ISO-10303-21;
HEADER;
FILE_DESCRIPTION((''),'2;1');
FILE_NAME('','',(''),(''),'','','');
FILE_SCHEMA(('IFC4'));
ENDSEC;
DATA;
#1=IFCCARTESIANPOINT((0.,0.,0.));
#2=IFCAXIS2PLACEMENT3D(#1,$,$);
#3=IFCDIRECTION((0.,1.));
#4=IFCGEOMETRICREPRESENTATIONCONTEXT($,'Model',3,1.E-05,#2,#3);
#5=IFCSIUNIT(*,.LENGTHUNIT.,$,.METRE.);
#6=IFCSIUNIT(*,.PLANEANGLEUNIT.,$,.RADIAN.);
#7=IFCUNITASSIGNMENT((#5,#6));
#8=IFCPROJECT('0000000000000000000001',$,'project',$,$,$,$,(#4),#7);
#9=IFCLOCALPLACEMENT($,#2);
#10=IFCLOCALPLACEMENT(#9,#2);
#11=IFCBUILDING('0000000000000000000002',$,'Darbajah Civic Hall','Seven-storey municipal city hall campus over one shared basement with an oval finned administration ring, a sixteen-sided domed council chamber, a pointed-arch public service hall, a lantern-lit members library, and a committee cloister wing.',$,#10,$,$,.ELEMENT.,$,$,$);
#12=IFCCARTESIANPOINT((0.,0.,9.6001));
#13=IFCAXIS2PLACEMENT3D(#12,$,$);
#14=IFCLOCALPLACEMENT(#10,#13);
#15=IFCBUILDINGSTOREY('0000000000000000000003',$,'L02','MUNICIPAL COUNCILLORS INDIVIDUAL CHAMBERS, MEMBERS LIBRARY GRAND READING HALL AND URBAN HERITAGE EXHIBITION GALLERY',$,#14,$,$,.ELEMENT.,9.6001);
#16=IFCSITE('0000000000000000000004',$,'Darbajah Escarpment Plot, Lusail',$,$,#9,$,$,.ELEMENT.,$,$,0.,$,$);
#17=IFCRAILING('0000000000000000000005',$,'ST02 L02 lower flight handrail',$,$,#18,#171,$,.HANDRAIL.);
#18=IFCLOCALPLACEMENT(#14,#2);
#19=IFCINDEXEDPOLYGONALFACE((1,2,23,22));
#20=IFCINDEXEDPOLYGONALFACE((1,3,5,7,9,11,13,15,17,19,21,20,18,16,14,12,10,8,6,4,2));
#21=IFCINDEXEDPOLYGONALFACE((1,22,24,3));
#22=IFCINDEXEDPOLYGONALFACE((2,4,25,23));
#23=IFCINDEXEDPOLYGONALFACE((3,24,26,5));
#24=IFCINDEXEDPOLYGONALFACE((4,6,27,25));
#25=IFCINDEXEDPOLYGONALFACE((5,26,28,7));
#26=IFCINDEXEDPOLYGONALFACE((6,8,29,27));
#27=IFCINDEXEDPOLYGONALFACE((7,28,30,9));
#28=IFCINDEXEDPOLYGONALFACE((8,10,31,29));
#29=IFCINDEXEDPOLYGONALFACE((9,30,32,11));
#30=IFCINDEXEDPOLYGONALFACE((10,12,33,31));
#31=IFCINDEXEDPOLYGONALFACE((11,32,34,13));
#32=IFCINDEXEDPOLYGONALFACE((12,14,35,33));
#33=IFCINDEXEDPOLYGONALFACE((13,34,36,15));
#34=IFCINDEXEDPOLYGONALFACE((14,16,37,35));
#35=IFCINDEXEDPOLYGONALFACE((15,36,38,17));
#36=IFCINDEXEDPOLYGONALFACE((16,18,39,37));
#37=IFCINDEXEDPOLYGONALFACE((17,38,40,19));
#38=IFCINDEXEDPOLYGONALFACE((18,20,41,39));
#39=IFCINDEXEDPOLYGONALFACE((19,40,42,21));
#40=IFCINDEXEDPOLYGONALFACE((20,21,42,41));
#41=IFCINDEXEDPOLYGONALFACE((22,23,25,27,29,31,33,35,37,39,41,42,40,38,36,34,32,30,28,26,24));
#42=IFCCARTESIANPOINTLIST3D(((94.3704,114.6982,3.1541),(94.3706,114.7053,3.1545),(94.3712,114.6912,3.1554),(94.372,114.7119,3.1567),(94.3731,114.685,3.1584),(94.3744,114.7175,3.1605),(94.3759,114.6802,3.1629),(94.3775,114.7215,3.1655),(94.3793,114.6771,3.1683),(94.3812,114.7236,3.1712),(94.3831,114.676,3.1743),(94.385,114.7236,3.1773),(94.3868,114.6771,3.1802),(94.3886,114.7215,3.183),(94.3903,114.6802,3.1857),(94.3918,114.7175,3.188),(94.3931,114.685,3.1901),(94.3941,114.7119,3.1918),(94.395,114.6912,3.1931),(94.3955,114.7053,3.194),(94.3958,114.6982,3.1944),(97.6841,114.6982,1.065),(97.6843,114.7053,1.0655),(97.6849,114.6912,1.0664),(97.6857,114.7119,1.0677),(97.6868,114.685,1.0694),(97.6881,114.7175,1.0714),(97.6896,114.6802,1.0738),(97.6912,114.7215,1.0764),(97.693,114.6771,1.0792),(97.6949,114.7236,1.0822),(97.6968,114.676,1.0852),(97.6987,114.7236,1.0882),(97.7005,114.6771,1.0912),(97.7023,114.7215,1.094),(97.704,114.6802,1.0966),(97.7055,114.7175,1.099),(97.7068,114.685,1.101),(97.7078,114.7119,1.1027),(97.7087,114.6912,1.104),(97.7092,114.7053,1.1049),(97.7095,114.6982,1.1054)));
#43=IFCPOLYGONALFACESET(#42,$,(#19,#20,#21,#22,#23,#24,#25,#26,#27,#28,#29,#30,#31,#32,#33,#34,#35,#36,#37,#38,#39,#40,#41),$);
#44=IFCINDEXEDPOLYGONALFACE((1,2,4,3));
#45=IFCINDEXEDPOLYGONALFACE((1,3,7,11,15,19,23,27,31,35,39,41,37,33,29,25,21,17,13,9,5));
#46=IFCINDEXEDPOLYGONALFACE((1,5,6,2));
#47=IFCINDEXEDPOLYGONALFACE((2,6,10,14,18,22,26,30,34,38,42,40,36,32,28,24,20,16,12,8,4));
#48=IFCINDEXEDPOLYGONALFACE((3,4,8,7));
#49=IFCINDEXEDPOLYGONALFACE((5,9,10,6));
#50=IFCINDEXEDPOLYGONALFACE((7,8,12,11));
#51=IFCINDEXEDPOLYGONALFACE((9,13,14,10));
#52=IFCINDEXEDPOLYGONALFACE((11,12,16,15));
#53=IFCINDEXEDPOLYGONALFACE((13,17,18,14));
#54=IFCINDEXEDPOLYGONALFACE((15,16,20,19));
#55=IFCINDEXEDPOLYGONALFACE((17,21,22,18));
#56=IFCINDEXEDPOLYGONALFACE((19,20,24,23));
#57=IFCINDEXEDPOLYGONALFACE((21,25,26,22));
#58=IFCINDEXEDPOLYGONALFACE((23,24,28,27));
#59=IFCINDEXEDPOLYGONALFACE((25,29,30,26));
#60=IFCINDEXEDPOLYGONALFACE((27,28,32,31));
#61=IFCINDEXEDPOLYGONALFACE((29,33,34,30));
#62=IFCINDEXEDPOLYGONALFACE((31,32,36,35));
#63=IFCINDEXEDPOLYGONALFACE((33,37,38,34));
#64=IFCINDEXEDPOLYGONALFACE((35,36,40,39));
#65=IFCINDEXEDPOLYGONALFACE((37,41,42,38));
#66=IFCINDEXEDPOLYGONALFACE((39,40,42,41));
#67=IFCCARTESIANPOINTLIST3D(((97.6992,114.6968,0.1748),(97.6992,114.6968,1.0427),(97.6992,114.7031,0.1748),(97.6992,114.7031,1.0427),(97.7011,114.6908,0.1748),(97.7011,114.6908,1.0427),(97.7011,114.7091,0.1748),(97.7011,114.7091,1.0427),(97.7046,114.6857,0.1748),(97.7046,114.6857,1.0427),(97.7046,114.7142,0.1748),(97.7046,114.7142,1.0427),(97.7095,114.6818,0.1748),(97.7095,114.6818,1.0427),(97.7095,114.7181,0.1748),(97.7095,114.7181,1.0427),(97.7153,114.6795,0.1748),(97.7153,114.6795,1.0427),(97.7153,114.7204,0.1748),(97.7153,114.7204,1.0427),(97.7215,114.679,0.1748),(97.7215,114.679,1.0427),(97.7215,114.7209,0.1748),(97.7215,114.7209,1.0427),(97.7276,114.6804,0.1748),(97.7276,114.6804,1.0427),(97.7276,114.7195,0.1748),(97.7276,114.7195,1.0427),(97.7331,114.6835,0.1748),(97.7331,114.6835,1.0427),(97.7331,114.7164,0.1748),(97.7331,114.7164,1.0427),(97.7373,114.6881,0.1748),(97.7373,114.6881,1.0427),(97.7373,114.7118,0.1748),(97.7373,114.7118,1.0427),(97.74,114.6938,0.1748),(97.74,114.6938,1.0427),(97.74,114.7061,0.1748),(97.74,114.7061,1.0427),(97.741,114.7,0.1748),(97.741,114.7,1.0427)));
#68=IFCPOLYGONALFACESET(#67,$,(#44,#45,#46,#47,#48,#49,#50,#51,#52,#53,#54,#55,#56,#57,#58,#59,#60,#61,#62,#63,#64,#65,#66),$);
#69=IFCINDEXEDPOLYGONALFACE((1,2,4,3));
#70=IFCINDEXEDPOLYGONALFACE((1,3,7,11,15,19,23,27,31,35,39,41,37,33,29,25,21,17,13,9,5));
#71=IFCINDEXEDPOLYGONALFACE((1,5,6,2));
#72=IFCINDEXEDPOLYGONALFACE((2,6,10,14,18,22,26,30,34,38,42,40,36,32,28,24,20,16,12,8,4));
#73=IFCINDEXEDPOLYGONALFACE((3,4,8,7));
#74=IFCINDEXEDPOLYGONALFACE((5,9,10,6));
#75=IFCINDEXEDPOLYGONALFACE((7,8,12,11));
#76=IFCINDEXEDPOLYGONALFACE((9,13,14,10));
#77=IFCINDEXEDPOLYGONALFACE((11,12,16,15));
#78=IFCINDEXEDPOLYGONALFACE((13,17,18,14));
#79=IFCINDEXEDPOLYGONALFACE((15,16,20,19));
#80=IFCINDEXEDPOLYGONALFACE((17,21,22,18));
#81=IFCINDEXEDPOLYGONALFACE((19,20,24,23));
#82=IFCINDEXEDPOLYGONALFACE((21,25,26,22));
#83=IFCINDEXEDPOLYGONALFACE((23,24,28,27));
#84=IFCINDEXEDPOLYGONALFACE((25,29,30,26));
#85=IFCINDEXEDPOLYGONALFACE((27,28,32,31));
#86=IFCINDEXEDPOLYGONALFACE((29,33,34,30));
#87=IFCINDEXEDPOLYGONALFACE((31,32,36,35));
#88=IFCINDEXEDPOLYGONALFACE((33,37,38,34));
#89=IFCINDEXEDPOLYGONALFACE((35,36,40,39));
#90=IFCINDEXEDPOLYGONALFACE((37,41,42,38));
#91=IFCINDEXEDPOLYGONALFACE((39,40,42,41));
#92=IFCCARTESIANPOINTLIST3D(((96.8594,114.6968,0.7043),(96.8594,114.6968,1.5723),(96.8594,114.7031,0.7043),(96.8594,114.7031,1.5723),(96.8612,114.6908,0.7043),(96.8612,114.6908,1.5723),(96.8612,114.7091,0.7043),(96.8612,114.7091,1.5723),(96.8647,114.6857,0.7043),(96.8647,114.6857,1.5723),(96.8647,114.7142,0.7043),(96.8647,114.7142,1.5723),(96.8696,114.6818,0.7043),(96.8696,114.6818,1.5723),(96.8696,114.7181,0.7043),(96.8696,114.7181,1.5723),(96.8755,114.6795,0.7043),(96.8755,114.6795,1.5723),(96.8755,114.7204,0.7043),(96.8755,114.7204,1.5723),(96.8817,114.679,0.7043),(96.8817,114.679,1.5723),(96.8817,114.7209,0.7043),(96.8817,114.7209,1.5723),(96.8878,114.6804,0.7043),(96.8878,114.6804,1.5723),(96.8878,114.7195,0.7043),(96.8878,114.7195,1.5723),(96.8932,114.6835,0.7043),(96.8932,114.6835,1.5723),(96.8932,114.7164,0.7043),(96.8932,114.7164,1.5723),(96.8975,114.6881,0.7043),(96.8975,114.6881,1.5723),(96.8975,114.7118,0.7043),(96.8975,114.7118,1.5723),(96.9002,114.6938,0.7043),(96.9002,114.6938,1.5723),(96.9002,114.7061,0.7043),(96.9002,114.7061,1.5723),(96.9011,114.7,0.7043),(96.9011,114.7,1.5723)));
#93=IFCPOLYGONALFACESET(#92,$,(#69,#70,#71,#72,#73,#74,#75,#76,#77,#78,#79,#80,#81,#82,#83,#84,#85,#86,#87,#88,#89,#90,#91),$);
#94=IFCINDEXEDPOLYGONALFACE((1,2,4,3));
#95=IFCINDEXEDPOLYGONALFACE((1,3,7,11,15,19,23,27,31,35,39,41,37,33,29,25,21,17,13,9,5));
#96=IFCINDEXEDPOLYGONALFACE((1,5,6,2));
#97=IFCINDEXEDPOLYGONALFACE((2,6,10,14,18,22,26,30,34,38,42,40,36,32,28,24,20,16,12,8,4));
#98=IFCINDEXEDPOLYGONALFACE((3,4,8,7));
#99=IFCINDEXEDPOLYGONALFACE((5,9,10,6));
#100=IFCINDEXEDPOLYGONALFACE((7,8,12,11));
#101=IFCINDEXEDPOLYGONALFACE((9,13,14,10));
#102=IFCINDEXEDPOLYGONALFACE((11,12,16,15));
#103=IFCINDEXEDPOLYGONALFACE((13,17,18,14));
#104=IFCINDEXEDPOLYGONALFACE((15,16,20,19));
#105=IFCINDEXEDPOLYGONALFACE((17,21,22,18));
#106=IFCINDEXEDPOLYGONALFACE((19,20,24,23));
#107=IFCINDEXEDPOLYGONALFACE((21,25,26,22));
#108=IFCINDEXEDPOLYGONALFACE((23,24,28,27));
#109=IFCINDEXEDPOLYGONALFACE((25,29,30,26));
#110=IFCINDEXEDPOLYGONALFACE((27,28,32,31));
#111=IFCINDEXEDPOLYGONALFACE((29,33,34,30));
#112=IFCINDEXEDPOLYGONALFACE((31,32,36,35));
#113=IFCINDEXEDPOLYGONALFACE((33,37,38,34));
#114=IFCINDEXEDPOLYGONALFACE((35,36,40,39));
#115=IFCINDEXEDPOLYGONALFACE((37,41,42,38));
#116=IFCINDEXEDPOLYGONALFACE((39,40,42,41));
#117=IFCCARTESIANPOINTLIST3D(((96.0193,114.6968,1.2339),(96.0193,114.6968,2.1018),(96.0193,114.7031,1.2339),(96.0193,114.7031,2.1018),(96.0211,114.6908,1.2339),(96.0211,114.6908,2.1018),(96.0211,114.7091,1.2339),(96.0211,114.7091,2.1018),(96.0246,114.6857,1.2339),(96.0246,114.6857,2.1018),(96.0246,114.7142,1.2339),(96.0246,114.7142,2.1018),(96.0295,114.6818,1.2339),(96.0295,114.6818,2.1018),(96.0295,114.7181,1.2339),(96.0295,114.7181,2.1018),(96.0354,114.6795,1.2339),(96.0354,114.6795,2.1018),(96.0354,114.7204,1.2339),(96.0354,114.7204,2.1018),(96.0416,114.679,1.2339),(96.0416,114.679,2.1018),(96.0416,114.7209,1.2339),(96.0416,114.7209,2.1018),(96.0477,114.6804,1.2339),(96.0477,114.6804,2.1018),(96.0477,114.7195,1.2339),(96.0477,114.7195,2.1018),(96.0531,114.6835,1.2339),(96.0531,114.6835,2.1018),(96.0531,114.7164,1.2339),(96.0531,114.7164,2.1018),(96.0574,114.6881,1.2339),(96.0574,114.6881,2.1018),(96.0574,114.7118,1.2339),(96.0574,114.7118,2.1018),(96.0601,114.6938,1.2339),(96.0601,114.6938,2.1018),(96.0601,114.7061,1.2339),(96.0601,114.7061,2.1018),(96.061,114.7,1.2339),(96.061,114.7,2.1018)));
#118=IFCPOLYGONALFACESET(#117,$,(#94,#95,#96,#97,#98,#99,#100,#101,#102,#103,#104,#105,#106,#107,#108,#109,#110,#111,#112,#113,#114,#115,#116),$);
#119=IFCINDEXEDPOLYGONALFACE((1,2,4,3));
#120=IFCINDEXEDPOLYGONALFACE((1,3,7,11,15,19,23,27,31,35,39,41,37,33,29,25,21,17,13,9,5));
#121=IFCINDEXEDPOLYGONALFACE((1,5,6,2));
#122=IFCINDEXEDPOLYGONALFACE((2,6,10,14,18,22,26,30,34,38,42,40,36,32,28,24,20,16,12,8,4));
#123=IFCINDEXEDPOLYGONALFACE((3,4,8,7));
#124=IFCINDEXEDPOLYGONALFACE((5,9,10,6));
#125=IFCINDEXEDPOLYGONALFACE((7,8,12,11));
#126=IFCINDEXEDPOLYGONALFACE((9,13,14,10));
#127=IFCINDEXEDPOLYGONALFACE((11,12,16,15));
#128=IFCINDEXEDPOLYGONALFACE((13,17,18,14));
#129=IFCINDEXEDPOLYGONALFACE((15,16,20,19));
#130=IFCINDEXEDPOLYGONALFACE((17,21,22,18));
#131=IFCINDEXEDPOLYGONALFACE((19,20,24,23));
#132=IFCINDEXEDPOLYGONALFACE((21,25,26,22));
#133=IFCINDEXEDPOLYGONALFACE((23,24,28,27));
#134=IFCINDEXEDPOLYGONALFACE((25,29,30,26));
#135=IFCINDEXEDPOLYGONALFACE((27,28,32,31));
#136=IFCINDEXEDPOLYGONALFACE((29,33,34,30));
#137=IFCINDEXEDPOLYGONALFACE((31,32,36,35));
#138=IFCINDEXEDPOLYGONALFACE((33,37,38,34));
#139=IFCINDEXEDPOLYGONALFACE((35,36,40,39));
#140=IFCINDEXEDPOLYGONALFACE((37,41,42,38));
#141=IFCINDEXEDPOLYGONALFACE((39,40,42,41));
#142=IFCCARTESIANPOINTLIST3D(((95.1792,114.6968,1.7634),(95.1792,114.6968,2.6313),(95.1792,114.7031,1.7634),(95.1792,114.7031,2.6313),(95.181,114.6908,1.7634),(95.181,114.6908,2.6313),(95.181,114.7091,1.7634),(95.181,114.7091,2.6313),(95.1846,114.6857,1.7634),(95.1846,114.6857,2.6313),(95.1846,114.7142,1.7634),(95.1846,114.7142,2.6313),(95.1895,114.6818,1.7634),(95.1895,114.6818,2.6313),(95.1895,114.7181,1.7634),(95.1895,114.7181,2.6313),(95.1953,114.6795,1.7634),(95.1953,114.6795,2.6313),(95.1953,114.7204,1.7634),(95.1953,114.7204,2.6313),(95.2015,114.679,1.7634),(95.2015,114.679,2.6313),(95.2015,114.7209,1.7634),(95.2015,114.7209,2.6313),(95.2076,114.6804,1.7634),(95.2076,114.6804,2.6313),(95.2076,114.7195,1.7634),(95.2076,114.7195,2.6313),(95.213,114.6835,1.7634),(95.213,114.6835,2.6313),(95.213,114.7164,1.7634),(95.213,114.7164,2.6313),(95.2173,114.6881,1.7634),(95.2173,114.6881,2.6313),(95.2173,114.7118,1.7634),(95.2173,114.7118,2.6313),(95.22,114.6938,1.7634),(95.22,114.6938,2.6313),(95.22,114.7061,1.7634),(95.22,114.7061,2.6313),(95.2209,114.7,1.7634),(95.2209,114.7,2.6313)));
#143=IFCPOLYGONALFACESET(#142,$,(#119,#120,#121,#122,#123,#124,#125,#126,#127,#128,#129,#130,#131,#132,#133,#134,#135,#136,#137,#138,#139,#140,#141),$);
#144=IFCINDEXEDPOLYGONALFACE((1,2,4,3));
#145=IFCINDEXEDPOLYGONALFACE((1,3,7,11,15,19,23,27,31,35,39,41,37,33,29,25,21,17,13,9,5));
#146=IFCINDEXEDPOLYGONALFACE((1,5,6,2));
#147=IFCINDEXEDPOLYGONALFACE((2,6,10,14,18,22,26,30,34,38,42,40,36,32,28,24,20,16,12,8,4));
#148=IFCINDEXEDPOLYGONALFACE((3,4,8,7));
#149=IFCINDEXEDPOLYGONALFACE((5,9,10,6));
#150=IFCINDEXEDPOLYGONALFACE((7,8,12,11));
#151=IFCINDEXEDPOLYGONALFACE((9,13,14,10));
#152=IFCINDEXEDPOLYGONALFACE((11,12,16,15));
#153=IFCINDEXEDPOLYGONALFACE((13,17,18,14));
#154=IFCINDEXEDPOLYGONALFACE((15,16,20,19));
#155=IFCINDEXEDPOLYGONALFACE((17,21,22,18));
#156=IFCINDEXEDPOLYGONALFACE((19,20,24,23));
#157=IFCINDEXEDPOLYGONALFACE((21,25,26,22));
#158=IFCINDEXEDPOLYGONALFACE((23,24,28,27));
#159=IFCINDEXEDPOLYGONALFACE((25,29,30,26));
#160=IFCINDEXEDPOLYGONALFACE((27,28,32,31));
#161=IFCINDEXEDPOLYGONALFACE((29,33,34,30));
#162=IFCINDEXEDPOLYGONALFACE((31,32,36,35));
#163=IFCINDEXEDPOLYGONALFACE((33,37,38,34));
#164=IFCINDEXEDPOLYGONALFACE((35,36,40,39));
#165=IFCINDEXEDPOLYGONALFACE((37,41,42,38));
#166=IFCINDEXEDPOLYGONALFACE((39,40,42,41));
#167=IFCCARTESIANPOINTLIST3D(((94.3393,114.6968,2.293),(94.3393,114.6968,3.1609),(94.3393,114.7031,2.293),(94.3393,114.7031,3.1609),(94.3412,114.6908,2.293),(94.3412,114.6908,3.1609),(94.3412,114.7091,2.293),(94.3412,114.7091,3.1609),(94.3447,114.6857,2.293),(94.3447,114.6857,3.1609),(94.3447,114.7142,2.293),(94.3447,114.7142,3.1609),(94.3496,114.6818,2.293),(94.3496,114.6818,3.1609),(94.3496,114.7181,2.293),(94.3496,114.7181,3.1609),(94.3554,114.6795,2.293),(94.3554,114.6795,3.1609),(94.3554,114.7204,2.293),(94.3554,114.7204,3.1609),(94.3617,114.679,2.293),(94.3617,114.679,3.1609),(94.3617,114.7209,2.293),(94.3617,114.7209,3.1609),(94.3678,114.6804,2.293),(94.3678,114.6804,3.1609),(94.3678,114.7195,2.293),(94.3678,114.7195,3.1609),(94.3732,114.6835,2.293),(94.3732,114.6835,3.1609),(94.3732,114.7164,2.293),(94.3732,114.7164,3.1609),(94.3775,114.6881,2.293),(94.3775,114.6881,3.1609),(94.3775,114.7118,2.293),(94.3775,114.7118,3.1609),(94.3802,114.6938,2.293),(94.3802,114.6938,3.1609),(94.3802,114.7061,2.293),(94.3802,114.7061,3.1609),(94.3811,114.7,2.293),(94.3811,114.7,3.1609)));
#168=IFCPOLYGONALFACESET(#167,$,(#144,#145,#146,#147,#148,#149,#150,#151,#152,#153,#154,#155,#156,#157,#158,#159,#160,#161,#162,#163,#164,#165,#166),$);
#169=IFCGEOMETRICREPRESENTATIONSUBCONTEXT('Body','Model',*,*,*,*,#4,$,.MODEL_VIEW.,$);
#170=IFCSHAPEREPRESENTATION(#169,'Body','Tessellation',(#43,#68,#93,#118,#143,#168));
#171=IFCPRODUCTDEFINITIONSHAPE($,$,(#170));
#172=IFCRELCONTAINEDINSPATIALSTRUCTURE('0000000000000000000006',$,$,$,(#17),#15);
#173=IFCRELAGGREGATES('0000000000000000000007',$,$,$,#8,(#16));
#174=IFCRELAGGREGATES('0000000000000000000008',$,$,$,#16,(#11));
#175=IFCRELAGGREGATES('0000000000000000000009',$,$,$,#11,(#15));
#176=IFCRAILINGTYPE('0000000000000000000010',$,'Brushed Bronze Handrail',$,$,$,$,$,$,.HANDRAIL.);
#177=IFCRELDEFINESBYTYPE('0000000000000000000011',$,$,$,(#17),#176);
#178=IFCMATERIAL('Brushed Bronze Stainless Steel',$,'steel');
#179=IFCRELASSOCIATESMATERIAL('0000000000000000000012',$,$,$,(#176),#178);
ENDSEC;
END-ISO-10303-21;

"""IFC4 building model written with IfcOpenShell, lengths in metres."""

from ifc_helpers import new_model, si_unit, direction, frame, origin, origin_2d, place, context, subcontext, project, spatial, circle, extrude, material, type_object, element, save


model = new_model("IFC4")

# Units and contexts
model_context = context("Model", 3, precision=1e-05, world=origin(), true_north=direction((0.0, 1.0)))
body_context = subcontext(model_context, "Body", "Model", "MODEL_VIEW")
ifc_project = project(units=[si_unit("LENGTHUNIT", "METRE"), si_unit("PLANEANGLEUNIT", "RADIAN")], contexts=[model_context])

# Site, building, storey
site_placement = place(None, origin())
site = spatial("IfcSite", under=ifc_project, at=site_placement, Name="Darbajah Escarpment Plot, Lusail", CompositionType="ELEMENT", RefElevation=0.0)
building_placement = place(site_placement, origin())
building = spatial("IfcBuilding", under=site, at=building_placement, Name="Darbajah Civic Hall", Description="Seven-storey municipal city hall campus over one shared basement with an oval finned administration ring, a sixteen-sided domed council chamber, a pointed-arch public service hall, a lantern-lit members library, and a committee cloister wing.", CompositionType="ELEMENT")
storey_placement = place(building_placement, frame((0.0, 0.0, 9.6001)))
storey = spatial("IfcBuildingStorey", under=building, at=storey_placement, Name="L02", Description="MUNICIPAL COUNCILLORS INDIVIDUAL CHAMBERS, MEMBERS LIBRARY GRAND READING HALL AND URBAN HERITAGE EXHIBITION GALLERY", CompositionType="ELEMENT", Elevation=9.6001)

# Railing
ifc_material_1 = material(Name="Brushed Bronze Stainless Steel", Category="steel")
railing_type_1 = type_object("IfcRailingType", Name="Brushed Bronze Handrail", PredefinedType="HANDRAIL", material=ifc_material_1)
railing_1_placement = place(storey_placement, frame((97.72, 114.7, 0.1748)))
element("IfcRailing", 1, at=railing_1_placement, inside=storey, type_object=railing_type_1, Name="ST02 L02 lower flight handrail", PredefinedType="HANDRAIL", context=body_context, shape_type="SweptSolid", body=[
    extrude(circle(Radius=0.0239, at=origin_2d()), frame((-0.0232, 0.0, 0.9104), z_axis=(-0.845927, 0.0, 0.533299), x_axis=(0.0, -1.0, 0.0)), (0.0, 0.0, 1.0), 3.9172),
    extrude(circle(Radius=0.021, at=origin_2d()), origin(), (0.0, 0.0, 1.0), 0.8679),
    extrude(circle(Radius=0.021, at=origin_2d()), frame((-0.8398, 0.0, 0.5295)), (0.0, 0.0, 1.0), 0.8679),
    extrude(circle(Radius=0.021, at=origin_2d()), frame((-1.6799, 0.0, 1.0591)), (0.0, 0.0, 1.0), 0.8679),
    extrude(circle(Radius=0.021, at=origin_2d()), frame((-2.52, 0.0, 1.5886)), (0.0, 0.0, 1.0), 0.8679),
    extrude(circle(Radius=0.021, at=origin_2d()), frame((-3.3599, 0.0, 2.1182)), (0.0, 0.0, 1.0), 0.8679),
])

save(model, "model.ifc")
